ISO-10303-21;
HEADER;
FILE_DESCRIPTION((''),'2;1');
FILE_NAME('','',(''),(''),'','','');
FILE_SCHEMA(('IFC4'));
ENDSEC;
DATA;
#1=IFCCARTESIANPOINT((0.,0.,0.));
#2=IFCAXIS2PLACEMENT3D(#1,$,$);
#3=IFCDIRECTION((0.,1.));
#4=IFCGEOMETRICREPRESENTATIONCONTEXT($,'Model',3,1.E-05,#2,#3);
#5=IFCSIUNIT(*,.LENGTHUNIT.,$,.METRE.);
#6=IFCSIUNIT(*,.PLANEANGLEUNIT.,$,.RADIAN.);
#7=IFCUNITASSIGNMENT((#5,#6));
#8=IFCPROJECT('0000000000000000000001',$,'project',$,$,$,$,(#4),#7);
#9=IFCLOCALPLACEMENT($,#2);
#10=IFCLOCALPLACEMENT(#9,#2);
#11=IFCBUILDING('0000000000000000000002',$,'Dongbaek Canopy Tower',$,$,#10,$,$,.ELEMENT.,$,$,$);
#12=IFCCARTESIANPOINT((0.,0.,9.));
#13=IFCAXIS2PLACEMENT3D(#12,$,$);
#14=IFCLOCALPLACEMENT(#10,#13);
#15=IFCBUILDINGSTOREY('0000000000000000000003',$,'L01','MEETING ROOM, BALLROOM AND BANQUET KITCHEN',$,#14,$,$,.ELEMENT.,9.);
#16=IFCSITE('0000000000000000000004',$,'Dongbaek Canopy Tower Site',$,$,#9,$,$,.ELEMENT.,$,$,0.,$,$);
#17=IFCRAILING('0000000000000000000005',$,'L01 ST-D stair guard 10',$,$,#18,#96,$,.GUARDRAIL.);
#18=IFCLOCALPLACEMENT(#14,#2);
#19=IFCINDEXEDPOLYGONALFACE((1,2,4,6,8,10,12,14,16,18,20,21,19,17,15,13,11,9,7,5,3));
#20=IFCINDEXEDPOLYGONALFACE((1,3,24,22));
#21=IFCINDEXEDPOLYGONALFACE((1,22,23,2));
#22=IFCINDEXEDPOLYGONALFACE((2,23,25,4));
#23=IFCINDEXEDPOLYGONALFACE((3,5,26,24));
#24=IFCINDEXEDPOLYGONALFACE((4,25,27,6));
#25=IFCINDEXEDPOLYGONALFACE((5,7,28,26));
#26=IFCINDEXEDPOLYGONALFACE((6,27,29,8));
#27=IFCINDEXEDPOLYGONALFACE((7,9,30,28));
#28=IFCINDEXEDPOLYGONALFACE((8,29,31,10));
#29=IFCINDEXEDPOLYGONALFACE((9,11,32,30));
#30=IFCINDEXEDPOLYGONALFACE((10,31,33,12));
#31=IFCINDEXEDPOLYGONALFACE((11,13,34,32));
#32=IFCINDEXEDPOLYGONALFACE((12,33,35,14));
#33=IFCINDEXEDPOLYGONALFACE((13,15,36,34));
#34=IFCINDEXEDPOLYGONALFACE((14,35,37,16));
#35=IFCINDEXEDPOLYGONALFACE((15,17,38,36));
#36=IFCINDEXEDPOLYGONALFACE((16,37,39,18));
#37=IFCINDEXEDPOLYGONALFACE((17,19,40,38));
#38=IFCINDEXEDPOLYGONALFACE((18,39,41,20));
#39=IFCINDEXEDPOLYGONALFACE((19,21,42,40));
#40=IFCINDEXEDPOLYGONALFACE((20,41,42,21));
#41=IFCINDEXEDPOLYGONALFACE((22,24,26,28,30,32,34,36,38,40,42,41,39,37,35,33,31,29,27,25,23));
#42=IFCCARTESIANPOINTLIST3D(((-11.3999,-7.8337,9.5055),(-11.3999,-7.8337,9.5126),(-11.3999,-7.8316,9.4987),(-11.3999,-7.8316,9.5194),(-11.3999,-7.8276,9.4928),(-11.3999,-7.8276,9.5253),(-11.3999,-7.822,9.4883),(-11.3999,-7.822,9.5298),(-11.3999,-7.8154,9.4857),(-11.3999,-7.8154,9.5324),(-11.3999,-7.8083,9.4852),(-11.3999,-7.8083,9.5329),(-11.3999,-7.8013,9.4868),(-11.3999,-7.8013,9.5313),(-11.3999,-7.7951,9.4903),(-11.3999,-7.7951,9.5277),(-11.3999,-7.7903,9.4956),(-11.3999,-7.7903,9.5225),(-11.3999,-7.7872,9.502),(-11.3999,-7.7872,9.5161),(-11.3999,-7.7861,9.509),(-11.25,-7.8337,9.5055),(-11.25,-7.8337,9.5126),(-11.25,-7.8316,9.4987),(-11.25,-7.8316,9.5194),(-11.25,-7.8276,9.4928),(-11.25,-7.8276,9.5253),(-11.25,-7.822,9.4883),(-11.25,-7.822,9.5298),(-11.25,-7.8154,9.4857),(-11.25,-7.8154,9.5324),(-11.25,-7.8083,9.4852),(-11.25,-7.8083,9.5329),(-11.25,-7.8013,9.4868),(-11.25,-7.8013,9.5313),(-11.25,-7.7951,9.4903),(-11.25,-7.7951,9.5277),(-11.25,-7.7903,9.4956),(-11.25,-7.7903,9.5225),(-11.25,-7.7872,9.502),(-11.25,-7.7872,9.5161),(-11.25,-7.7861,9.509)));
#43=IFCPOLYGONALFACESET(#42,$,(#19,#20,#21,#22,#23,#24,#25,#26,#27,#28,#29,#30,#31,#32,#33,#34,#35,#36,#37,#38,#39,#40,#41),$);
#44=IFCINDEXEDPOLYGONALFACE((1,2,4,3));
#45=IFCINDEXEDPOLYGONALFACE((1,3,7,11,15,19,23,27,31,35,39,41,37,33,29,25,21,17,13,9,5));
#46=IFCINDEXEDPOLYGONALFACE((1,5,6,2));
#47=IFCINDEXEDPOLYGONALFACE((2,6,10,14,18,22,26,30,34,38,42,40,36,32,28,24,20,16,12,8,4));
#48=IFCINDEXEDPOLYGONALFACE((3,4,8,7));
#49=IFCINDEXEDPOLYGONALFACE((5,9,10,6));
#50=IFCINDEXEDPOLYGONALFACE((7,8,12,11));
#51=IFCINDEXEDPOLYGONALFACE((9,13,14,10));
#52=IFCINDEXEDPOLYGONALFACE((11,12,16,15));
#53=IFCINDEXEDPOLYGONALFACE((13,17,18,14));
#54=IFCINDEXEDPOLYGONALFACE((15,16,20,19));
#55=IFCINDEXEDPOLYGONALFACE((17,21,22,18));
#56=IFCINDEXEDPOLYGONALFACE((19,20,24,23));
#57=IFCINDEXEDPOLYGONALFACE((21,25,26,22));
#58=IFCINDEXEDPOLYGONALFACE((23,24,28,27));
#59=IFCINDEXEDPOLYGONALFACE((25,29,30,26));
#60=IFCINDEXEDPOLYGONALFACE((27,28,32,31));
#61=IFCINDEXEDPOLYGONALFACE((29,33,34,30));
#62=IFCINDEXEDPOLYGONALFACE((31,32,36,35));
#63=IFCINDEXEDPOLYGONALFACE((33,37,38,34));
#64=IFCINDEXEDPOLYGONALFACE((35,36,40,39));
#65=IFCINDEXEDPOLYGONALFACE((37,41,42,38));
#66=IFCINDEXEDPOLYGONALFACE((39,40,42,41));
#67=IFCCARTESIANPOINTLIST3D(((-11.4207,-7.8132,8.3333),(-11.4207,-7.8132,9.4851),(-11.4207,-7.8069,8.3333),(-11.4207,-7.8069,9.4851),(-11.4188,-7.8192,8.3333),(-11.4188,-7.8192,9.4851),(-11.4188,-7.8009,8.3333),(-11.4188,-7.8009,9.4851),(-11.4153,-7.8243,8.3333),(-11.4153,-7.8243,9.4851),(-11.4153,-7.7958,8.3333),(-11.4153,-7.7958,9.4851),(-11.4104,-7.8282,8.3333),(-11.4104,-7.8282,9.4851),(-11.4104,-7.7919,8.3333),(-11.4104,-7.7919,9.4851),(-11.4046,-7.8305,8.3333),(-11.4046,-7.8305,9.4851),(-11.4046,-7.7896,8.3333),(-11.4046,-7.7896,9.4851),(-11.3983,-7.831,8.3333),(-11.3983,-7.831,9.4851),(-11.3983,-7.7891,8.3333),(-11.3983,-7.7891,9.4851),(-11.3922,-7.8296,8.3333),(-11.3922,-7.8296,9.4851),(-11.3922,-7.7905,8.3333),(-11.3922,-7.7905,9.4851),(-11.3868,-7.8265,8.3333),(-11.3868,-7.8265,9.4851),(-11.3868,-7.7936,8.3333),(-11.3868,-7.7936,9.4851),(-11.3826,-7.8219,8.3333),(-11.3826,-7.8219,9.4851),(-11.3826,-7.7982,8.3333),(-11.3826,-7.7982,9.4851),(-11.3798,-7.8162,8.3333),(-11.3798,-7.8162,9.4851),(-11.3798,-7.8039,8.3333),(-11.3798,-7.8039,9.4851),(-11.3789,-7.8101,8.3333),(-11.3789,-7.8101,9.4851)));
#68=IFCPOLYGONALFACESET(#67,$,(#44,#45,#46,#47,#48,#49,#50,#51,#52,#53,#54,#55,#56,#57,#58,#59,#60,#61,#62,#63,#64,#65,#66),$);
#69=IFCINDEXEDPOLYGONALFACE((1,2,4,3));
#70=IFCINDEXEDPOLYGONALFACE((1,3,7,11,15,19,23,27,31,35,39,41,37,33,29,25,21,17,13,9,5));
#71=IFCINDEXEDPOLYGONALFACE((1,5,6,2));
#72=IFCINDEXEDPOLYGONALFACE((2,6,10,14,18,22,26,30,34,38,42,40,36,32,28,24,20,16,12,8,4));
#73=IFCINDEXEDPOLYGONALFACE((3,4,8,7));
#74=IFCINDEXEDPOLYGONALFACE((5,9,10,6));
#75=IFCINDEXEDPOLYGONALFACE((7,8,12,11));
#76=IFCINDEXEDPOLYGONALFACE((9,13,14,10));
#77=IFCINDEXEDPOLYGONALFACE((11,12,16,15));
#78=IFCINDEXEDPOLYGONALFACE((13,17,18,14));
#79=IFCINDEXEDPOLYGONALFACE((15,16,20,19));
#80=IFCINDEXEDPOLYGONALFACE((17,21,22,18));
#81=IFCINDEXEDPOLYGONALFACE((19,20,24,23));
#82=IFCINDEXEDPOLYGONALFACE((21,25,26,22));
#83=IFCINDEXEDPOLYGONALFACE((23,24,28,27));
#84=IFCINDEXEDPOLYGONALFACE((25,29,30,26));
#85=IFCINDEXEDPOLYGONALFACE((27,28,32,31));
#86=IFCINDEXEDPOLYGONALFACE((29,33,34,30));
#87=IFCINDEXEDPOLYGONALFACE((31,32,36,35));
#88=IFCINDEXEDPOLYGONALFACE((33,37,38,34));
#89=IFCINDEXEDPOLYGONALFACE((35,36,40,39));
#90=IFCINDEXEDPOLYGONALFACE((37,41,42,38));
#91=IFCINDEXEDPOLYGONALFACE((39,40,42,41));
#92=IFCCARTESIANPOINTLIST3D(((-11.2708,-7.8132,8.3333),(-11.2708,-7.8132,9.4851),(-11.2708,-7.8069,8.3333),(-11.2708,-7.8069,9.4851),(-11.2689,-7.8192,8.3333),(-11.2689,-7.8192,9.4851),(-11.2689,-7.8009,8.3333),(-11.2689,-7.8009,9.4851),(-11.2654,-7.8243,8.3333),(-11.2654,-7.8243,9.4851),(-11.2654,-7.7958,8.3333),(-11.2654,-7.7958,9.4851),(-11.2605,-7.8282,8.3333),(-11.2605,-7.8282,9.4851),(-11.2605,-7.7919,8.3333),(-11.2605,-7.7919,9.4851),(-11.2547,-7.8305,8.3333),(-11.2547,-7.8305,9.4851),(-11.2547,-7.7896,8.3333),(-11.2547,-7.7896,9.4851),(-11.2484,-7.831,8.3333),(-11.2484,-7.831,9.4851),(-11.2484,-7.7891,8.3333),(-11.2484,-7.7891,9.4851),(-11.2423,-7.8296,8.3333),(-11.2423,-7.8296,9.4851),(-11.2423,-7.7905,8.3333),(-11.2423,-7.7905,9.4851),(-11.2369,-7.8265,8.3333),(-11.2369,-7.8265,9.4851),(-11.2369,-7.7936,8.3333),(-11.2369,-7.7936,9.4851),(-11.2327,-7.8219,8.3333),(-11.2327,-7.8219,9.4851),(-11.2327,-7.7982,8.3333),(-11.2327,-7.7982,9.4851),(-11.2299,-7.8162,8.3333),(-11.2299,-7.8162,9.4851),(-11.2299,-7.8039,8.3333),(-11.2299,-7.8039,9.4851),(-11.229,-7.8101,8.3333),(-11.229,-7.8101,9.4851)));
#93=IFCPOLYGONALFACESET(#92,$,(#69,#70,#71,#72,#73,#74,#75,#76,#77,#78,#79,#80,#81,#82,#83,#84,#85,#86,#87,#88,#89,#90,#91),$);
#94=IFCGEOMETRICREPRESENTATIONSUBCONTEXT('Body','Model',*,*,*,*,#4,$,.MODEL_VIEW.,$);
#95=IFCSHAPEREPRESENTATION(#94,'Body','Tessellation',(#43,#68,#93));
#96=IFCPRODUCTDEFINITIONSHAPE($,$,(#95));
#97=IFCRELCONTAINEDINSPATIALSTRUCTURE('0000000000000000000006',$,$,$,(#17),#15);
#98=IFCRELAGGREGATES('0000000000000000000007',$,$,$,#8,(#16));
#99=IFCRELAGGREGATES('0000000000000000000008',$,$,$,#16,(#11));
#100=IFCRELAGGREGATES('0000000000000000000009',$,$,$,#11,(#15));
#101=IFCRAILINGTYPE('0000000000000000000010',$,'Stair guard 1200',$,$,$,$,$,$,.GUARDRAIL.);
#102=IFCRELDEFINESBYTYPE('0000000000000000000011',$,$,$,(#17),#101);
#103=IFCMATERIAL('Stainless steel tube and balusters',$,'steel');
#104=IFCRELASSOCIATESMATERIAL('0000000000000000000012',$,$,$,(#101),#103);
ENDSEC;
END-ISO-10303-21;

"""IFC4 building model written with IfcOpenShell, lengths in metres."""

from ifc_helpers import new_model, si_unit, direction, frame, origin, origin_2d, place, context, subcontext, project, spatial, circle, extrude, material, type_object, element, save


model = new_model("IFC4")

# Units and contexts
model_context = context("Model", 3, precision=1e-05, world=origin(), true_north=direction((0.0, 1.0)))
body_context = subcontext(model_context, "Body", "Model", "MODEL_VIEW")
ifc_project = project(units=[si_unit("LENGTHUNIT", "METRE"), si_unit("PLANEANGLEUNIT", "RADIAN")], contexts=[model_context])

# Site, building, storey
site_placement = place(None, origin())
site = spatial("IfcSite", under=ifc_project, at=site_placement, Name="Dongbaek Canopy Tower Site", CompositionType="ELEMENT", RefElevation=0.0)
building_placement = place(site_placement, origin())
building = spatial("IfcBuilding", under=site, at=building_placement, Name="Dongbaek Canopy Tower", CompositionType="ELEMENT")
storey_placement = place(building_placement, frame((0.0, 0.0, 9.0)))
storey = spatial("IfcBuildingStorey", under=building, at=storey_placement, Name="L01", Description="MEETING ROOM, BALLROOM AND BANQUET KITCHEN", CompositionType="ELEMENT", Elevation=9.0)

# Railing
ifc_material_1 = material(Name="Stainless steel tube and balusters", Category="steel")
railing_type_1 = type_object("IfcRailingType", Name="Stair guard 1200", PredefinedType="GUARDRAIL", material=ifc_material_1)
railing_1_placement = place(storey_placement, frame((-11.3999, -7.8101, 8.3333)))
element("IfcRailing", 1, at=railing_1_placement, inside=storey, type_object=railing_type_1, Name="L01 ST-D stair guard 10", PredefinedType="GUARDRAIL", context=body_context, shape_type="SweptSolid", body=[
    extrude(circle(Radius=0.0239, at=origin_2d()), frame((0.0, 0.0, 1.1758), z_axis=(1.0, 0.0, 0.0), x_axis=(0.0, 1.0, 0.0)), (0.0, 0.0, 1.0), 0.1499),
    extrude(circle(Radius=0.021, at=origin_2d()), origin(), (0.0, 0.0, 1.0), 1.1519),
    extrude(circle(Radius=0.021, at=origin_2d()), frame((0.1499, 0.0, 0.0)), (0.0, 0.0, 1.0), 1.1519),
])

save(model, "model.ifc")
